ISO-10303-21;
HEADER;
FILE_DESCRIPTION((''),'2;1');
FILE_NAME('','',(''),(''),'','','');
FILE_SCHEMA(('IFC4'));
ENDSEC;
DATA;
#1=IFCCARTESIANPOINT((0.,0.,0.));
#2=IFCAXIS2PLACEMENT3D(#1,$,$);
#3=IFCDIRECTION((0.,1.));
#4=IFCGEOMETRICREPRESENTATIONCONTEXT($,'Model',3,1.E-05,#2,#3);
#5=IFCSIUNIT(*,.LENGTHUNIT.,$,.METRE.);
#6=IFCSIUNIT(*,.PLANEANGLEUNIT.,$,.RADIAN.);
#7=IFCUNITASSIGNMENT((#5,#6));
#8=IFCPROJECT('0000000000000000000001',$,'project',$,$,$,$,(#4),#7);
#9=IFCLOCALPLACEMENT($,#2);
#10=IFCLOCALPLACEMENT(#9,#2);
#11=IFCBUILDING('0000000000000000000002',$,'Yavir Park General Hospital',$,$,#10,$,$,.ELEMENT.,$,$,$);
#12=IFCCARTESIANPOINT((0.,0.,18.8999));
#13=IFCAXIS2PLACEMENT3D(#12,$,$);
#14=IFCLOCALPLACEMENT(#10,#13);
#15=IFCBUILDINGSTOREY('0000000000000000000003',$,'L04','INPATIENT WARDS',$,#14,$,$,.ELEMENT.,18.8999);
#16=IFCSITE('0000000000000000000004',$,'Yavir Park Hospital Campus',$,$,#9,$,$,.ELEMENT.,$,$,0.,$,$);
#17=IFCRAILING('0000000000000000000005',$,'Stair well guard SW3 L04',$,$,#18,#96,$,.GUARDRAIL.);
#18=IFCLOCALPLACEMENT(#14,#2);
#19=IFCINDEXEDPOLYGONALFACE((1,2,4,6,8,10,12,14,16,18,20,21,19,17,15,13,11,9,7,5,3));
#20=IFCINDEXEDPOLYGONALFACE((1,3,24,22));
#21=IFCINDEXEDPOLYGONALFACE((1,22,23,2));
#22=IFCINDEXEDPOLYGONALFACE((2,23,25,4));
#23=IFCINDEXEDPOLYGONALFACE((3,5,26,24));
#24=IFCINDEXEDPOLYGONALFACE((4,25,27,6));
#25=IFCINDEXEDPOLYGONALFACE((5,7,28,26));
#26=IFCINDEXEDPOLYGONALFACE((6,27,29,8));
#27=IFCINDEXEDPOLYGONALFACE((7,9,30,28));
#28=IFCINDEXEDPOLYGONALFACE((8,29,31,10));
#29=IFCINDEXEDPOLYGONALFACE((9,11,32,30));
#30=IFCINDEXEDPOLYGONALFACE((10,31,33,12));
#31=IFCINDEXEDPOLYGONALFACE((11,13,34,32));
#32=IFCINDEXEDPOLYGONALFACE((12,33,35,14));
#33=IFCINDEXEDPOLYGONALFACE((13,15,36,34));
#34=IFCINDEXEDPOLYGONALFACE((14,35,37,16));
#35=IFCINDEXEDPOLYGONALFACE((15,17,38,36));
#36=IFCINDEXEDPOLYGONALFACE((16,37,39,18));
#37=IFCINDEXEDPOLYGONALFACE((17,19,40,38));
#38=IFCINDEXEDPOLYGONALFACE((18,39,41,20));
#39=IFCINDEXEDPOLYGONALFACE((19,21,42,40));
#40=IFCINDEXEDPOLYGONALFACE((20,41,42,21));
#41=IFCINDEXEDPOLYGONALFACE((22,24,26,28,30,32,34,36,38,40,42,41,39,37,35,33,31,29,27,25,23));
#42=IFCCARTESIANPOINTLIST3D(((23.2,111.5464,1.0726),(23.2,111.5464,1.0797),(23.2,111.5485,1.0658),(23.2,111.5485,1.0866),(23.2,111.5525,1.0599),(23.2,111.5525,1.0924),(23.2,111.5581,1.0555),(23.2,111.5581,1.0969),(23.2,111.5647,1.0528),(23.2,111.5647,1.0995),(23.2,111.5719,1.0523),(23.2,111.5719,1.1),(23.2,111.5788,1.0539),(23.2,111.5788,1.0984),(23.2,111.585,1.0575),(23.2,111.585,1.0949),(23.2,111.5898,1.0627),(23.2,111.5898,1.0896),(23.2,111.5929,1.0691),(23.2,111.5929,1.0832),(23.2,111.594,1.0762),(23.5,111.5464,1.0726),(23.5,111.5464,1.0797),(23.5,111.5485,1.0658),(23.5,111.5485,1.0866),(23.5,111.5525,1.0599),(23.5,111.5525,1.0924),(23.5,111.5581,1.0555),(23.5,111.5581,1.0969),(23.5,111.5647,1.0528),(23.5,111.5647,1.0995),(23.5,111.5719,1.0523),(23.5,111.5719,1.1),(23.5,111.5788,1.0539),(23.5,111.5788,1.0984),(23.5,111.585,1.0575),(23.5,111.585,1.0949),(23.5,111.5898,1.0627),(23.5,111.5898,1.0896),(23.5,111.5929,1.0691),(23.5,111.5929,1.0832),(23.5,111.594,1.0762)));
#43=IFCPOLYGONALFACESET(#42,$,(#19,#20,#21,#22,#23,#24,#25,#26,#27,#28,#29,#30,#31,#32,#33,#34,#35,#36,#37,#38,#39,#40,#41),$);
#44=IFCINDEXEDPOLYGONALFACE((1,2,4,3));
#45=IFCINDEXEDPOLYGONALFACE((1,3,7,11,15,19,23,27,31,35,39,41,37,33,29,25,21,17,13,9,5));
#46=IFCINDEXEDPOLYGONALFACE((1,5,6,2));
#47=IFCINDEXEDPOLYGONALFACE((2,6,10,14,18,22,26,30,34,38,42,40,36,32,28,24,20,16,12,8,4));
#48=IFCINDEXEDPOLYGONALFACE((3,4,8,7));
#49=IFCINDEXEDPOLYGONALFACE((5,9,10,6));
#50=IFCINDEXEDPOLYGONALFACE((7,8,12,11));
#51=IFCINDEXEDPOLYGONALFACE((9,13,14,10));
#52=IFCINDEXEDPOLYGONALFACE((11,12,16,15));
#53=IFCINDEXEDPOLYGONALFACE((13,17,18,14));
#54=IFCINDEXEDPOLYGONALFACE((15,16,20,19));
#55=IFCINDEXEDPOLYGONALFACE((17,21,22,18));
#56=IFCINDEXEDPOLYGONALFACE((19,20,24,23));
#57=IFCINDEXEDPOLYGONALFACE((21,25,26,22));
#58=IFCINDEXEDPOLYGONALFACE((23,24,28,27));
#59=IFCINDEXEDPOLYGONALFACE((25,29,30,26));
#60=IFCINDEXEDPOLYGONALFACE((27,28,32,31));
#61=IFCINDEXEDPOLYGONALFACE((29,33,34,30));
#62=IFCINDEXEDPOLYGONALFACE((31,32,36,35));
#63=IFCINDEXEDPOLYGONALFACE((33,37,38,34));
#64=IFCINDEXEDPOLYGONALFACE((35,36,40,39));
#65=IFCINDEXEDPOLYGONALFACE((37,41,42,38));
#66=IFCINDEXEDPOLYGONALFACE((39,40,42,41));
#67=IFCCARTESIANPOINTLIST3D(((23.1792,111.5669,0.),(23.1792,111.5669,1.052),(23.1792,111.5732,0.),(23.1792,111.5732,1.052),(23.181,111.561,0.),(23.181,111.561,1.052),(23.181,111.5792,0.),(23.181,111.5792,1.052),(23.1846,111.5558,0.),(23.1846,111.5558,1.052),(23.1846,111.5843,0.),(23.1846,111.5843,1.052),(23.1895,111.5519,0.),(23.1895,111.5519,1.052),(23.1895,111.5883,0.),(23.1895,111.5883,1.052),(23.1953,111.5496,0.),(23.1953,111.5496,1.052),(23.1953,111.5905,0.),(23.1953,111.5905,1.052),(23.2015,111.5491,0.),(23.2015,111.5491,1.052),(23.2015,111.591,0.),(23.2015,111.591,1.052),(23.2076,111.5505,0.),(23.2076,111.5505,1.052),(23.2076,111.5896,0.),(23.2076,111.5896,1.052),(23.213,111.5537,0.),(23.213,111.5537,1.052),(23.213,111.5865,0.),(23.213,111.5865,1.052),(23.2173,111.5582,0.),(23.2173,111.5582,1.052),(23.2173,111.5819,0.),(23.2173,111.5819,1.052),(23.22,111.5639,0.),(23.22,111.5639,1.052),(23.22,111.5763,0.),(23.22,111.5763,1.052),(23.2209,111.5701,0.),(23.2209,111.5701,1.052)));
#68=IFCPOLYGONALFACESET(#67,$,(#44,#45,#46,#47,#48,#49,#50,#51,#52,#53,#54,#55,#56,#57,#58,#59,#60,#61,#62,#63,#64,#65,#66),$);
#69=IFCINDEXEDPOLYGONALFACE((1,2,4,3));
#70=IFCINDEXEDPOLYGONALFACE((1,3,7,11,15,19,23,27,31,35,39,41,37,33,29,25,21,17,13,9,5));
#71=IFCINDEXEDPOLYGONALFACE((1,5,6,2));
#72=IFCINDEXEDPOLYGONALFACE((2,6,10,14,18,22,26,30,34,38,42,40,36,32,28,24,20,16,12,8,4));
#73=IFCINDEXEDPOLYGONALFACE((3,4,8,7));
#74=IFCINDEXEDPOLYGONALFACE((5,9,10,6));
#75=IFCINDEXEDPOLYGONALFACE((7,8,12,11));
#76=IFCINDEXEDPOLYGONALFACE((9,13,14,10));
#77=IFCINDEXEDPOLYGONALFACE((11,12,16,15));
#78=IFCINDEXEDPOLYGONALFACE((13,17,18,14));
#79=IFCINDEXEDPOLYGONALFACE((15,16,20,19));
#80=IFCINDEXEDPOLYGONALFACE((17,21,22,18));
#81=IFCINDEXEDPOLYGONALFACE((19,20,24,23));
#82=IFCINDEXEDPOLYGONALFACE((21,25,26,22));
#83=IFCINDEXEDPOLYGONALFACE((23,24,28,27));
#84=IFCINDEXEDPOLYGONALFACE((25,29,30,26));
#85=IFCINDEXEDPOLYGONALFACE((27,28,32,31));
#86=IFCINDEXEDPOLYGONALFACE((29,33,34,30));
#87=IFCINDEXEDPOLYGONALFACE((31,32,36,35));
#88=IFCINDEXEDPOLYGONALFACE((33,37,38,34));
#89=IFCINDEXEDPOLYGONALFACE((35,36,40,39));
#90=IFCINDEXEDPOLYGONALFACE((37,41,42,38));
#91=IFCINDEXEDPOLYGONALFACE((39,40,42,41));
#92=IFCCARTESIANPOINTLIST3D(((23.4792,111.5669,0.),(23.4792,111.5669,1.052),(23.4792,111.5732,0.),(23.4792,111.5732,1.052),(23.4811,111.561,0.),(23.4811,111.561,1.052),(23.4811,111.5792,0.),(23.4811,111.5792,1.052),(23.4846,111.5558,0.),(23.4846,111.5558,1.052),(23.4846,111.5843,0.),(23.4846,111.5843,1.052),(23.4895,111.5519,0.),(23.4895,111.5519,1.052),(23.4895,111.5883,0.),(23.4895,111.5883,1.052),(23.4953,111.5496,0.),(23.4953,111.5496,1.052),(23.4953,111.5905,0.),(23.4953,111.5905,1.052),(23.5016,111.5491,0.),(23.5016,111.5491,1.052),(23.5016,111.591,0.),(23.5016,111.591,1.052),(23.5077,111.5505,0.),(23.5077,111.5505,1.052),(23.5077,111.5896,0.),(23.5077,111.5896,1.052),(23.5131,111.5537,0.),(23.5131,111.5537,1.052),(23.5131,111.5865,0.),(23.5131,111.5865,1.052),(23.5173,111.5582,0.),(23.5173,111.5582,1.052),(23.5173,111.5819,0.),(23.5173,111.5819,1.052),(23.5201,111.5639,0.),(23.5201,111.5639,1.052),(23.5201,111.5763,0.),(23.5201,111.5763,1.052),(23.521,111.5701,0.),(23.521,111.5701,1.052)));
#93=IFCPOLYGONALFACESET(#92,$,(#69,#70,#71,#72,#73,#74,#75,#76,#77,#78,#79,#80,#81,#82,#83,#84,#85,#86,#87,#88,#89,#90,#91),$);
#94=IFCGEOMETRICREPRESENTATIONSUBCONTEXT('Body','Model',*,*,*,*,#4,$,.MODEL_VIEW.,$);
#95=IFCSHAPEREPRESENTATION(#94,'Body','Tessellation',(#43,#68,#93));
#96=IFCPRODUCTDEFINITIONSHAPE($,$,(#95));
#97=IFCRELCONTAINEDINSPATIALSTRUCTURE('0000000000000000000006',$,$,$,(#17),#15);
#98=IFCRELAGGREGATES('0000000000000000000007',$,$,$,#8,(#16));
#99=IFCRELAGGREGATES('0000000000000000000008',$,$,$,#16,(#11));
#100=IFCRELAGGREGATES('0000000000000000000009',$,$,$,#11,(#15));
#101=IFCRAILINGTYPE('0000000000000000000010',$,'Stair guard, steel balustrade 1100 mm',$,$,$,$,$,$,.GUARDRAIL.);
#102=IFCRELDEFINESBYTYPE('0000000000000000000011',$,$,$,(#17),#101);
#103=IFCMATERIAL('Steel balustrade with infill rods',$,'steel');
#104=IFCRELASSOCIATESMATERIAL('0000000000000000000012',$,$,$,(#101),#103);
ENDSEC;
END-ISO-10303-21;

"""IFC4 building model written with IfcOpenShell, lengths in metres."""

from ifc_helpers import new_model, si_unit, direction, frame, origin, origin_2d, place, context, subcontext, project, spatial, circle, extrude, material, type_object, element, save


model = new_model("IFC4")

# Units and contexts
model_context = context("Model", 3, precision=1e-05, world=origin(), true_north=direction((0.0, 1.0)))
body_context = subcontext(model_context, "Body", "Model", "MODEL_VIEW")
ifc_project = project(units=[si_unit("LENGTHUNIT", "METRE"), si_unit("PLANEANGLEUNIT", "RADIAN")], contexts=[model_context])

# Site, building, storey
site_placement = place(None, origin())
site = spatial("IfcSite", under=ifc_project, at=site_placement, Name="Yavir Park Hospital Campus", CompositionType="ELEMENT", RefElevation=0.0)
building_placement = place(site_placement, origin())
building = spatial("IfcBuilding", under=site, at=building_placement, Name="Yavir Park General Hospital", CompositionType="ELEMENT")
storey_placement = place(building_placement, frame((0.0, 0.0, 18.8999)))
storey = spatial("IfcBuildingStorey", under=building, at=storey_placement, Name="L04", Description="INPATIENT WARDS", CompositionType="ELEMENT", Elevation=18.8999)

# Railing
ifc_material_1 = material(Name="Steel balustrade with infill rods", Category="steel")
railing_type_1 = type_object("IfcRailingType", Name="Stair guard, steel balustrade 1100 mm", PredefinedType="GUARDRAIL", material=ifc_material_1)
railing_placement = place(storey_placement, frame((23.2, 111.5701, 0.0)))
element("IfcRailing", 1, at=railing_placement, inside=storey, type_object=railing_type_1, Name="Stair well guard SW3 L04", PredefinedType="GUARDRAIL", context=body_context, shape_type="SweptSolid", body=[
    extrude(circle(Radius=0.0239, at=origin_2d()), frame((0.0, 0.0, 1.0762), z_axis=(1.0, 0.0, 0.0), x_axis=(0.0, 1.0, 0.0)), (0.0, 0.0, 1.0), 0.3),
    extrude(circle(Radius=0.021, at=origin_2d()), origin(), (0.0, 0.0, 1.0), 1.052),
    extrude(circle(Radius=0.021, at=origin_2d()), frame((0.3, 0.0, 0.0)), (0.0, 0.0, 1.0), 1.052),
])

save(model, "model.ifc")
